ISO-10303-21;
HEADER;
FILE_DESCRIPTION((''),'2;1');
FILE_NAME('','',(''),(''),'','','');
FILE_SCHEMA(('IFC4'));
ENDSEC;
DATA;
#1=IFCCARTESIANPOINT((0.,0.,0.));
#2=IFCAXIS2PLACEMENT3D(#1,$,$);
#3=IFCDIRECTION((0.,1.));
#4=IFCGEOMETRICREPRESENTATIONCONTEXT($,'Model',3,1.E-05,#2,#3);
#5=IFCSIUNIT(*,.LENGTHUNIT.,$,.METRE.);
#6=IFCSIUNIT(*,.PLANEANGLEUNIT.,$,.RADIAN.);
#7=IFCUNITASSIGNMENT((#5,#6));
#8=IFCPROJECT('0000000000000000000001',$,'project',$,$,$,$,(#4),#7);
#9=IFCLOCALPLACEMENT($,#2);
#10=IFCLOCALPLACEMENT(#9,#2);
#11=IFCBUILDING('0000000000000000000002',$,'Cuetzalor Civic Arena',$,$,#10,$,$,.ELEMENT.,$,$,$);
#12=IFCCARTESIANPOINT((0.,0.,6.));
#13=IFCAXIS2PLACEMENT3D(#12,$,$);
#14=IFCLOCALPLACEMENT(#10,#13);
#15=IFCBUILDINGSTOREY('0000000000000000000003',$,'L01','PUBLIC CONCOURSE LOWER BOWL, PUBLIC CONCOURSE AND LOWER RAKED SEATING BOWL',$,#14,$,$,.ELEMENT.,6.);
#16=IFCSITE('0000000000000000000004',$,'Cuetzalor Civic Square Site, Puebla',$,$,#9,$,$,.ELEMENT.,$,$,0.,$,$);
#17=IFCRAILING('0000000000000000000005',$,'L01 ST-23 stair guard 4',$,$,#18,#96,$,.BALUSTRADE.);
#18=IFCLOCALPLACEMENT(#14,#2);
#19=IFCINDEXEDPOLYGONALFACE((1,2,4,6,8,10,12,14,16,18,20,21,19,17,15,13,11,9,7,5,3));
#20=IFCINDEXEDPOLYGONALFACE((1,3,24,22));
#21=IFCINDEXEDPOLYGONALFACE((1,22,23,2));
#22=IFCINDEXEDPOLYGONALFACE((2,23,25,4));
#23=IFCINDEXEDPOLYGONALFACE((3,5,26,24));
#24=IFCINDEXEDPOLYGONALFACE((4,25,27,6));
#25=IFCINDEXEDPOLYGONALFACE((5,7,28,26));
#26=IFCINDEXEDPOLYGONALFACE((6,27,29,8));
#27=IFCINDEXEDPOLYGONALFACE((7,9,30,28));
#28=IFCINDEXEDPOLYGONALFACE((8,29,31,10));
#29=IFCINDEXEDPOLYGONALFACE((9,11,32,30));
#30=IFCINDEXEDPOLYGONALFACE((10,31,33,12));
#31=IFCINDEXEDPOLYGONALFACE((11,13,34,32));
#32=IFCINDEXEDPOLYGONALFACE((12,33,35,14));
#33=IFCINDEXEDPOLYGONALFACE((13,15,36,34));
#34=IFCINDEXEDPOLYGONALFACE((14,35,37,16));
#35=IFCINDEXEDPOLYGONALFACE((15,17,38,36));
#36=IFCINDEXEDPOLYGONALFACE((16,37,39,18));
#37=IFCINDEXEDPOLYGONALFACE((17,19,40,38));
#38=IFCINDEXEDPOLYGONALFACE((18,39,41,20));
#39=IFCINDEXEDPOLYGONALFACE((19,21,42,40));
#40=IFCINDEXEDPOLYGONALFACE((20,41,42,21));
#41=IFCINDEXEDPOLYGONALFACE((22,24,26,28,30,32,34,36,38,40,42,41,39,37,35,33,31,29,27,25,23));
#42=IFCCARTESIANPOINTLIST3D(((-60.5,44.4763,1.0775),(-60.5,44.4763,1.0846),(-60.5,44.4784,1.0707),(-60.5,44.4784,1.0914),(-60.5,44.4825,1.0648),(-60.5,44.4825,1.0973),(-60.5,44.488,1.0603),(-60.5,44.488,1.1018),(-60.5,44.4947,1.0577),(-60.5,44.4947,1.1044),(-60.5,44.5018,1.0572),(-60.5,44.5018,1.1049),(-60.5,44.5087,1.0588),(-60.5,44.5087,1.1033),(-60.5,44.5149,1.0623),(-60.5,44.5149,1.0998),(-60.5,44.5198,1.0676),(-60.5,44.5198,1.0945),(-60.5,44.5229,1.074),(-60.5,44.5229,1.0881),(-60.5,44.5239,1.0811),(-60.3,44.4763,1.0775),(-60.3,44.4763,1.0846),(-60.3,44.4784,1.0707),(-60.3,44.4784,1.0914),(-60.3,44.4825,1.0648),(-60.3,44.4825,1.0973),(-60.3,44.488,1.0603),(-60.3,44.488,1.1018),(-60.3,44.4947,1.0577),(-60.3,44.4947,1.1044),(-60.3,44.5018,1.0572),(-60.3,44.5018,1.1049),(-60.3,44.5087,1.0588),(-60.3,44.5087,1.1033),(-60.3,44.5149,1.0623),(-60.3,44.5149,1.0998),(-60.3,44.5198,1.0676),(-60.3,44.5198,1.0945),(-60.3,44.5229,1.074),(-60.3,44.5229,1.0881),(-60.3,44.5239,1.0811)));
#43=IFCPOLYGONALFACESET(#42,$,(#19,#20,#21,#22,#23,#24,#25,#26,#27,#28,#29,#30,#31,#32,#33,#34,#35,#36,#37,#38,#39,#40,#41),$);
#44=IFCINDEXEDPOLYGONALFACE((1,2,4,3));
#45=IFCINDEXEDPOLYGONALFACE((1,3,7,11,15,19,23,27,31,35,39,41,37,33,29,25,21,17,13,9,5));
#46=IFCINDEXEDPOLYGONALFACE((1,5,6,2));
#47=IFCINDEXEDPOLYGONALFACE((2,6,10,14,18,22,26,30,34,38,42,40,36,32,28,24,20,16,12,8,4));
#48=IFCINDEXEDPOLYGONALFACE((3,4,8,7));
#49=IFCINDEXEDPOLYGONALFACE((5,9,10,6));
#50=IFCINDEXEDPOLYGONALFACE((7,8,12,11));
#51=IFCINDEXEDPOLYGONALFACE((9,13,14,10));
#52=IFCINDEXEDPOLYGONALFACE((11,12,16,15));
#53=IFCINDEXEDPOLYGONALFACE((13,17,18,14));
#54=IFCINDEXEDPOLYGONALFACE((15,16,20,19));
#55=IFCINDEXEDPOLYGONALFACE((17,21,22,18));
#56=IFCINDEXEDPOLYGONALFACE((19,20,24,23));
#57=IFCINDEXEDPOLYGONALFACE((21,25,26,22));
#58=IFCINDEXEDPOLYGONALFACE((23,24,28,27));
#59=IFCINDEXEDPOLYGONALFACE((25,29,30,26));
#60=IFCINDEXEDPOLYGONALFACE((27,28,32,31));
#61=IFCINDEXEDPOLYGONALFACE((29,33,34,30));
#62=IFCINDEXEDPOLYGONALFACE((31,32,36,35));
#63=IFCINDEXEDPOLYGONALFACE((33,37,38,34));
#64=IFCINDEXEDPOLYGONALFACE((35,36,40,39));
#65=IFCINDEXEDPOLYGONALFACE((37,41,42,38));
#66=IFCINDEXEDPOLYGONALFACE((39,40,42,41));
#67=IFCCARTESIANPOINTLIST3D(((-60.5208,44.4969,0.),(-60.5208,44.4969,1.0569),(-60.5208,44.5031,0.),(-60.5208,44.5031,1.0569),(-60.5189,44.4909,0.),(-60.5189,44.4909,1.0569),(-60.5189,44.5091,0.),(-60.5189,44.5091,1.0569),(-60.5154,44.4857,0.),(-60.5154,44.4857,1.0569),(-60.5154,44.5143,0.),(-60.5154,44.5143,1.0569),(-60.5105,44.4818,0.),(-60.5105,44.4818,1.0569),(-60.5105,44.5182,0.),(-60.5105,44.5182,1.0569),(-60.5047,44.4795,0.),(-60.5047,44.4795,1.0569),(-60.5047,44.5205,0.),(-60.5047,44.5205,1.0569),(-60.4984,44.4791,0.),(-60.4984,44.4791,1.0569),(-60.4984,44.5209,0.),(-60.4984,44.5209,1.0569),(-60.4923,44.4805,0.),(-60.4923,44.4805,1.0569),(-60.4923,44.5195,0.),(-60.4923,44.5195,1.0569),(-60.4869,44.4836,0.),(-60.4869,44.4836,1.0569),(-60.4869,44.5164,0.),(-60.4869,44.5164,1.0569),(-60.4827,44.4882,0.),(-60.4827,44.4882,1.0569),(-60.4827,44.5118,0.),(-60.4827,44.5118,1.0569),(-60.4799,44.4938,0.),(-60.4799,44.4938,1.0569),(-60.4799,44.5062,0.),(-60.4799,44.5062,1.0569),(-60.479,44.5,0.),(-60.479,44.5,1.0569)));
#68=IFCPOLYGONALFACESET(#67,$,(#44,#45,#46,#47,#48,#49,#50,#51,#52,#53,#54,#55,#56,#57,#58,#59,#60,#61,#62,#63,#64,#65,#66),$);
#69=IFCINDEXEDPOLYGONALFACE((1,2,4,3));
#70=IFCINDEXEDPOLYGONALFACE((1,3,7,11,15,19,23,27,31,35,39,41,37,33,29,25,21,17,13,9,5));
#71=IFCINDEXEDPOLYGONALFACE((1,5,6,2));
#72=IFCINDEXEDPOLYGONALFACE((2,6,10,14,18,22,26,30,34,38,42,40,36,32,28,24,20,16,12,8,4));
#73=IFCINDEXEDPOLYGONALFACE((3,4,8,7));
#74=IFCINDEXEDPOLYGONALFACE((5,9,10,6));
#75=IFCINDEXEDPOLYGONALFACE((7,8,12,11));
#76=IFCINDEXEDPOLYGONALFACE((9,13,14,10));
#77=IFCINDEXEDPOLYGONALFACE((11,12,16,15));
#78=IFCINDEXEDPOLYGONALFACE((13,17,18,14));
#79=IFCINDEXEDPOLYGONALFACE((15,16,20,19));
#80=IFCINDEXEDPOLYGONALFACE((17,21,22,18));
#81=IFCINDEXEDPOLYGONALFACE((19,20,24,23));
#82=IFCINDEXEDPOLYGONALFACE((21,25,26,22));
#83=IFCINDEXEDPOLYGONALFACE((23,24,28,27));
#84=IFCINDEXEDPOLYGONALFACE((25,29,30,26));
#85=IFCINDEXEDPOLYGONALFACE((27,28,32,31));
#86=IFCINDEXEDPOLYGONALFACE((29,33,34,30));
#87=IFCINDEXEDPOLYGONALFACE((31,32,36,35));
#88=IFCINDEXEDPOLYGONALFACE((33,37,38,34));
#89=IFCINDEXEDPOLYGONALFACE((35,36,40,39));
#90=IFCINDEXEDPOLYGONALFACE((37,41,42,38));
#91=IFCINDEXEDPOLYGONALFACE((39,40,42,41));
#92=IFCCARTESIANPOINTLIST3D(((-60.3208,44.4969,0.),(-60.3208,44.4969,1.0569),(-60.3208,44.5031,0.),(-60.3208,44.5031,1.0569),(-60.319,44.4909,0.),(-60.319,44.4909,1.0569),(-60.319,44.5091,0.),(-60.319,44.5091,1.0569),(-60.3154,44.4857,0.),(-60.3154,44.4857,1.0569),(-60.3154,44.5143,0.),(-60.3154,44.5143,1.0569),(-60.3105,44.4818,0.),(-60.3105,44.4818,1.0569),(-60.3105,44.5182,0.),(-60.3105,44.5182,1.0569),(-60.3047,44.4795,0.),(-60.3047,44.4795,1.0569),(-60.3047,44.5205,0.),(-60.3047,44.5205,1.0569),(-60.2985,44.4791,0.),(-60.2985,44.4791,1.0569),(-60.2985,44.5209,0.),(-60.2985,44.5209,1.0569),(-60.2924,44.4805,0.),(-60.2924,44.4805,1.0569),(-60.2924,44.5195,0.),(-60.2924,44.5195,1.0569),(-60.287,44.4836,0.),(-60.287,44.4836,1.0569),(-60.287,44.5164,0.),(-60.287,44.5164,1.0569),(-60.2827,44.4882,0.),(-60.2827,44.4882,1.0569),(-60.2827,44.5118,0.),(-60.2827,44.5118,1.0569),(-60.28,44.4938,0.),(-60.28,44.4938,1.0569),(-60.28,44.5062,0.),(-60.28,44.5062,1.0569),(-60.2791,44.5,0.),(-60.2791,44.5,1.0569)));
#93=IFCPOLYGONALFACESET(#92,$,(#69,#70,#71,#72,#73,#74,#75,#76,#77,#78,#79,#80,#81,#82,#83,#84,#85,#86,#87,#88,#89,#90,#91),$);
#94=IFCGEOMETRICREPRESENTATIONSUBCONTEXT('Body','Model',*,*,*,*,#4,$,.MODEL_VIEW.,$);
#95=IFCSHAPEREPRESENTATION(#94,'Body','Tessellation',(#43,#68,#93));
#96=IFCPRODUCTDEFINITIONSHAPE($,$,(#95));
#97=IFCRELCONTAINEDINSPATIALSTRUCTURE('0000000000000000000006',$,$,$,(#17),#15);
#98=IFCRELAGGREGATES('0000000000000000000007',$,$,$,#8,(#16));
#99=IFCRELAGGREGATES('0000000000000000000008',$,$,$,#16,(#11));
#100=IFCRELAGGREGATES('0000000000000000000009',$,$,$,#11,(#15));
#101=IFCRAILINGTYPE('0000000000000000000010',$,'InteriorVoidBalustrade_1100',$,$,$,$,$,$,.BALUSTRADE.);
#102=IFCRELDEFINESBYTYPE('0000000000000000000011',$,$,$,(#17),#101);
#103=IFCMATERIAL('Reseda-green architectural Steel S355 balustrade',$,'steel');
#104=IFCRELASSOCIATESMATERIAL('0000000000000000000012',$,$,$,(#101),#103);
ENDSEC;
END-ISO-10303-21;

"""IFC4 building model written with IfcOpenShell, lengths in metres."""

from ifc_helpers import new_model, si_unit, direction, frame, origin, origin_2d, place, context, subcontext, project, spatial, circle, extrude, material, type_object, element, save


model = new_model("IFC4")

# Units and contexts
model_context = context("Model", 3, precision=1e-05, world=origin(), true_north=direction((0.0, 1.0)))
body_context = subcontext(model_context, "Body", "Model", "MODEL_VIEW")
ifc_project = project(units=[si_unit("LENGTHUNIT", "METRE"), si_unit("PLANEANGLEUNIT", "RADIAN")], contexts=[model_context])

# Site, building, storey
site_placement = place(None, origin())
site = spatial("IfcSite", under=ifc_project, at=site_placement, Name="Cuetzalor Civic Square Site, Puebla", CompositionType="ELEMENT", RefElevation=0.0)
building_placement = place(site_placement, origin())
building = spatial("IfcBuilding", under=site, at=building_placement, Name="Cuetzalor Civic Arena", CompositionType="ELEMENT")
storey_placement = place(building_placement, frame((0.0, 0.0, 6.0)))
storey = spatial("IfcBuildingStorey", under=building, at=storey_placement, Name="L01", Description="PUBLIC CONCOURSE LOWER BOWL, PUBLIC CONCOURSE AND LOWER RAKED SEATING BOWL", CompositionType="ELEMENT", Elevation=6.0)

# Railing
ifc_material_1 = material(Name="Reseda-green architectural Steel S355 balustrade", Category="steel")
railing_type_1 = type_object("IfcRailingType", Name="InteriorVoidBalustrade_1100", PredefinedType="BALUSTRADE", material=ifc_material_1)
railing_1_placement = place(storey_placement, frame((-60.5, 44.5, 0.0)))
element("IfcRailing", 1, at=railing_1_placement, inside=storey, type_object=railing_type_1, Name="L01 ST-23 stair guard 4", PredefinedType="BALUSTRADE", context=body_context, shape_type="SweptSolid", body=[
    extrude(circle(Radius=0.0239, at=origin_2d()), frame((0.0, 0.0, 1.0811), z_axis=(1.0, 0.0, 0.0), x_axis=(0.0, 1.0, 0.0)), (0.0, 0.0, 1.0), 0.2),
    extrude(circle(Radius=0.021, at=origin_2d()), origin(), (0.0, 0.0, 1.0), 1.0569),
    extrude(circle(Radius=0.021, at=origin_2d()), frame((0.2, 0.0, 0.0)), (0.0, 0.0, 1.0), 1.0569),
])

save(model, "model.ifc")
